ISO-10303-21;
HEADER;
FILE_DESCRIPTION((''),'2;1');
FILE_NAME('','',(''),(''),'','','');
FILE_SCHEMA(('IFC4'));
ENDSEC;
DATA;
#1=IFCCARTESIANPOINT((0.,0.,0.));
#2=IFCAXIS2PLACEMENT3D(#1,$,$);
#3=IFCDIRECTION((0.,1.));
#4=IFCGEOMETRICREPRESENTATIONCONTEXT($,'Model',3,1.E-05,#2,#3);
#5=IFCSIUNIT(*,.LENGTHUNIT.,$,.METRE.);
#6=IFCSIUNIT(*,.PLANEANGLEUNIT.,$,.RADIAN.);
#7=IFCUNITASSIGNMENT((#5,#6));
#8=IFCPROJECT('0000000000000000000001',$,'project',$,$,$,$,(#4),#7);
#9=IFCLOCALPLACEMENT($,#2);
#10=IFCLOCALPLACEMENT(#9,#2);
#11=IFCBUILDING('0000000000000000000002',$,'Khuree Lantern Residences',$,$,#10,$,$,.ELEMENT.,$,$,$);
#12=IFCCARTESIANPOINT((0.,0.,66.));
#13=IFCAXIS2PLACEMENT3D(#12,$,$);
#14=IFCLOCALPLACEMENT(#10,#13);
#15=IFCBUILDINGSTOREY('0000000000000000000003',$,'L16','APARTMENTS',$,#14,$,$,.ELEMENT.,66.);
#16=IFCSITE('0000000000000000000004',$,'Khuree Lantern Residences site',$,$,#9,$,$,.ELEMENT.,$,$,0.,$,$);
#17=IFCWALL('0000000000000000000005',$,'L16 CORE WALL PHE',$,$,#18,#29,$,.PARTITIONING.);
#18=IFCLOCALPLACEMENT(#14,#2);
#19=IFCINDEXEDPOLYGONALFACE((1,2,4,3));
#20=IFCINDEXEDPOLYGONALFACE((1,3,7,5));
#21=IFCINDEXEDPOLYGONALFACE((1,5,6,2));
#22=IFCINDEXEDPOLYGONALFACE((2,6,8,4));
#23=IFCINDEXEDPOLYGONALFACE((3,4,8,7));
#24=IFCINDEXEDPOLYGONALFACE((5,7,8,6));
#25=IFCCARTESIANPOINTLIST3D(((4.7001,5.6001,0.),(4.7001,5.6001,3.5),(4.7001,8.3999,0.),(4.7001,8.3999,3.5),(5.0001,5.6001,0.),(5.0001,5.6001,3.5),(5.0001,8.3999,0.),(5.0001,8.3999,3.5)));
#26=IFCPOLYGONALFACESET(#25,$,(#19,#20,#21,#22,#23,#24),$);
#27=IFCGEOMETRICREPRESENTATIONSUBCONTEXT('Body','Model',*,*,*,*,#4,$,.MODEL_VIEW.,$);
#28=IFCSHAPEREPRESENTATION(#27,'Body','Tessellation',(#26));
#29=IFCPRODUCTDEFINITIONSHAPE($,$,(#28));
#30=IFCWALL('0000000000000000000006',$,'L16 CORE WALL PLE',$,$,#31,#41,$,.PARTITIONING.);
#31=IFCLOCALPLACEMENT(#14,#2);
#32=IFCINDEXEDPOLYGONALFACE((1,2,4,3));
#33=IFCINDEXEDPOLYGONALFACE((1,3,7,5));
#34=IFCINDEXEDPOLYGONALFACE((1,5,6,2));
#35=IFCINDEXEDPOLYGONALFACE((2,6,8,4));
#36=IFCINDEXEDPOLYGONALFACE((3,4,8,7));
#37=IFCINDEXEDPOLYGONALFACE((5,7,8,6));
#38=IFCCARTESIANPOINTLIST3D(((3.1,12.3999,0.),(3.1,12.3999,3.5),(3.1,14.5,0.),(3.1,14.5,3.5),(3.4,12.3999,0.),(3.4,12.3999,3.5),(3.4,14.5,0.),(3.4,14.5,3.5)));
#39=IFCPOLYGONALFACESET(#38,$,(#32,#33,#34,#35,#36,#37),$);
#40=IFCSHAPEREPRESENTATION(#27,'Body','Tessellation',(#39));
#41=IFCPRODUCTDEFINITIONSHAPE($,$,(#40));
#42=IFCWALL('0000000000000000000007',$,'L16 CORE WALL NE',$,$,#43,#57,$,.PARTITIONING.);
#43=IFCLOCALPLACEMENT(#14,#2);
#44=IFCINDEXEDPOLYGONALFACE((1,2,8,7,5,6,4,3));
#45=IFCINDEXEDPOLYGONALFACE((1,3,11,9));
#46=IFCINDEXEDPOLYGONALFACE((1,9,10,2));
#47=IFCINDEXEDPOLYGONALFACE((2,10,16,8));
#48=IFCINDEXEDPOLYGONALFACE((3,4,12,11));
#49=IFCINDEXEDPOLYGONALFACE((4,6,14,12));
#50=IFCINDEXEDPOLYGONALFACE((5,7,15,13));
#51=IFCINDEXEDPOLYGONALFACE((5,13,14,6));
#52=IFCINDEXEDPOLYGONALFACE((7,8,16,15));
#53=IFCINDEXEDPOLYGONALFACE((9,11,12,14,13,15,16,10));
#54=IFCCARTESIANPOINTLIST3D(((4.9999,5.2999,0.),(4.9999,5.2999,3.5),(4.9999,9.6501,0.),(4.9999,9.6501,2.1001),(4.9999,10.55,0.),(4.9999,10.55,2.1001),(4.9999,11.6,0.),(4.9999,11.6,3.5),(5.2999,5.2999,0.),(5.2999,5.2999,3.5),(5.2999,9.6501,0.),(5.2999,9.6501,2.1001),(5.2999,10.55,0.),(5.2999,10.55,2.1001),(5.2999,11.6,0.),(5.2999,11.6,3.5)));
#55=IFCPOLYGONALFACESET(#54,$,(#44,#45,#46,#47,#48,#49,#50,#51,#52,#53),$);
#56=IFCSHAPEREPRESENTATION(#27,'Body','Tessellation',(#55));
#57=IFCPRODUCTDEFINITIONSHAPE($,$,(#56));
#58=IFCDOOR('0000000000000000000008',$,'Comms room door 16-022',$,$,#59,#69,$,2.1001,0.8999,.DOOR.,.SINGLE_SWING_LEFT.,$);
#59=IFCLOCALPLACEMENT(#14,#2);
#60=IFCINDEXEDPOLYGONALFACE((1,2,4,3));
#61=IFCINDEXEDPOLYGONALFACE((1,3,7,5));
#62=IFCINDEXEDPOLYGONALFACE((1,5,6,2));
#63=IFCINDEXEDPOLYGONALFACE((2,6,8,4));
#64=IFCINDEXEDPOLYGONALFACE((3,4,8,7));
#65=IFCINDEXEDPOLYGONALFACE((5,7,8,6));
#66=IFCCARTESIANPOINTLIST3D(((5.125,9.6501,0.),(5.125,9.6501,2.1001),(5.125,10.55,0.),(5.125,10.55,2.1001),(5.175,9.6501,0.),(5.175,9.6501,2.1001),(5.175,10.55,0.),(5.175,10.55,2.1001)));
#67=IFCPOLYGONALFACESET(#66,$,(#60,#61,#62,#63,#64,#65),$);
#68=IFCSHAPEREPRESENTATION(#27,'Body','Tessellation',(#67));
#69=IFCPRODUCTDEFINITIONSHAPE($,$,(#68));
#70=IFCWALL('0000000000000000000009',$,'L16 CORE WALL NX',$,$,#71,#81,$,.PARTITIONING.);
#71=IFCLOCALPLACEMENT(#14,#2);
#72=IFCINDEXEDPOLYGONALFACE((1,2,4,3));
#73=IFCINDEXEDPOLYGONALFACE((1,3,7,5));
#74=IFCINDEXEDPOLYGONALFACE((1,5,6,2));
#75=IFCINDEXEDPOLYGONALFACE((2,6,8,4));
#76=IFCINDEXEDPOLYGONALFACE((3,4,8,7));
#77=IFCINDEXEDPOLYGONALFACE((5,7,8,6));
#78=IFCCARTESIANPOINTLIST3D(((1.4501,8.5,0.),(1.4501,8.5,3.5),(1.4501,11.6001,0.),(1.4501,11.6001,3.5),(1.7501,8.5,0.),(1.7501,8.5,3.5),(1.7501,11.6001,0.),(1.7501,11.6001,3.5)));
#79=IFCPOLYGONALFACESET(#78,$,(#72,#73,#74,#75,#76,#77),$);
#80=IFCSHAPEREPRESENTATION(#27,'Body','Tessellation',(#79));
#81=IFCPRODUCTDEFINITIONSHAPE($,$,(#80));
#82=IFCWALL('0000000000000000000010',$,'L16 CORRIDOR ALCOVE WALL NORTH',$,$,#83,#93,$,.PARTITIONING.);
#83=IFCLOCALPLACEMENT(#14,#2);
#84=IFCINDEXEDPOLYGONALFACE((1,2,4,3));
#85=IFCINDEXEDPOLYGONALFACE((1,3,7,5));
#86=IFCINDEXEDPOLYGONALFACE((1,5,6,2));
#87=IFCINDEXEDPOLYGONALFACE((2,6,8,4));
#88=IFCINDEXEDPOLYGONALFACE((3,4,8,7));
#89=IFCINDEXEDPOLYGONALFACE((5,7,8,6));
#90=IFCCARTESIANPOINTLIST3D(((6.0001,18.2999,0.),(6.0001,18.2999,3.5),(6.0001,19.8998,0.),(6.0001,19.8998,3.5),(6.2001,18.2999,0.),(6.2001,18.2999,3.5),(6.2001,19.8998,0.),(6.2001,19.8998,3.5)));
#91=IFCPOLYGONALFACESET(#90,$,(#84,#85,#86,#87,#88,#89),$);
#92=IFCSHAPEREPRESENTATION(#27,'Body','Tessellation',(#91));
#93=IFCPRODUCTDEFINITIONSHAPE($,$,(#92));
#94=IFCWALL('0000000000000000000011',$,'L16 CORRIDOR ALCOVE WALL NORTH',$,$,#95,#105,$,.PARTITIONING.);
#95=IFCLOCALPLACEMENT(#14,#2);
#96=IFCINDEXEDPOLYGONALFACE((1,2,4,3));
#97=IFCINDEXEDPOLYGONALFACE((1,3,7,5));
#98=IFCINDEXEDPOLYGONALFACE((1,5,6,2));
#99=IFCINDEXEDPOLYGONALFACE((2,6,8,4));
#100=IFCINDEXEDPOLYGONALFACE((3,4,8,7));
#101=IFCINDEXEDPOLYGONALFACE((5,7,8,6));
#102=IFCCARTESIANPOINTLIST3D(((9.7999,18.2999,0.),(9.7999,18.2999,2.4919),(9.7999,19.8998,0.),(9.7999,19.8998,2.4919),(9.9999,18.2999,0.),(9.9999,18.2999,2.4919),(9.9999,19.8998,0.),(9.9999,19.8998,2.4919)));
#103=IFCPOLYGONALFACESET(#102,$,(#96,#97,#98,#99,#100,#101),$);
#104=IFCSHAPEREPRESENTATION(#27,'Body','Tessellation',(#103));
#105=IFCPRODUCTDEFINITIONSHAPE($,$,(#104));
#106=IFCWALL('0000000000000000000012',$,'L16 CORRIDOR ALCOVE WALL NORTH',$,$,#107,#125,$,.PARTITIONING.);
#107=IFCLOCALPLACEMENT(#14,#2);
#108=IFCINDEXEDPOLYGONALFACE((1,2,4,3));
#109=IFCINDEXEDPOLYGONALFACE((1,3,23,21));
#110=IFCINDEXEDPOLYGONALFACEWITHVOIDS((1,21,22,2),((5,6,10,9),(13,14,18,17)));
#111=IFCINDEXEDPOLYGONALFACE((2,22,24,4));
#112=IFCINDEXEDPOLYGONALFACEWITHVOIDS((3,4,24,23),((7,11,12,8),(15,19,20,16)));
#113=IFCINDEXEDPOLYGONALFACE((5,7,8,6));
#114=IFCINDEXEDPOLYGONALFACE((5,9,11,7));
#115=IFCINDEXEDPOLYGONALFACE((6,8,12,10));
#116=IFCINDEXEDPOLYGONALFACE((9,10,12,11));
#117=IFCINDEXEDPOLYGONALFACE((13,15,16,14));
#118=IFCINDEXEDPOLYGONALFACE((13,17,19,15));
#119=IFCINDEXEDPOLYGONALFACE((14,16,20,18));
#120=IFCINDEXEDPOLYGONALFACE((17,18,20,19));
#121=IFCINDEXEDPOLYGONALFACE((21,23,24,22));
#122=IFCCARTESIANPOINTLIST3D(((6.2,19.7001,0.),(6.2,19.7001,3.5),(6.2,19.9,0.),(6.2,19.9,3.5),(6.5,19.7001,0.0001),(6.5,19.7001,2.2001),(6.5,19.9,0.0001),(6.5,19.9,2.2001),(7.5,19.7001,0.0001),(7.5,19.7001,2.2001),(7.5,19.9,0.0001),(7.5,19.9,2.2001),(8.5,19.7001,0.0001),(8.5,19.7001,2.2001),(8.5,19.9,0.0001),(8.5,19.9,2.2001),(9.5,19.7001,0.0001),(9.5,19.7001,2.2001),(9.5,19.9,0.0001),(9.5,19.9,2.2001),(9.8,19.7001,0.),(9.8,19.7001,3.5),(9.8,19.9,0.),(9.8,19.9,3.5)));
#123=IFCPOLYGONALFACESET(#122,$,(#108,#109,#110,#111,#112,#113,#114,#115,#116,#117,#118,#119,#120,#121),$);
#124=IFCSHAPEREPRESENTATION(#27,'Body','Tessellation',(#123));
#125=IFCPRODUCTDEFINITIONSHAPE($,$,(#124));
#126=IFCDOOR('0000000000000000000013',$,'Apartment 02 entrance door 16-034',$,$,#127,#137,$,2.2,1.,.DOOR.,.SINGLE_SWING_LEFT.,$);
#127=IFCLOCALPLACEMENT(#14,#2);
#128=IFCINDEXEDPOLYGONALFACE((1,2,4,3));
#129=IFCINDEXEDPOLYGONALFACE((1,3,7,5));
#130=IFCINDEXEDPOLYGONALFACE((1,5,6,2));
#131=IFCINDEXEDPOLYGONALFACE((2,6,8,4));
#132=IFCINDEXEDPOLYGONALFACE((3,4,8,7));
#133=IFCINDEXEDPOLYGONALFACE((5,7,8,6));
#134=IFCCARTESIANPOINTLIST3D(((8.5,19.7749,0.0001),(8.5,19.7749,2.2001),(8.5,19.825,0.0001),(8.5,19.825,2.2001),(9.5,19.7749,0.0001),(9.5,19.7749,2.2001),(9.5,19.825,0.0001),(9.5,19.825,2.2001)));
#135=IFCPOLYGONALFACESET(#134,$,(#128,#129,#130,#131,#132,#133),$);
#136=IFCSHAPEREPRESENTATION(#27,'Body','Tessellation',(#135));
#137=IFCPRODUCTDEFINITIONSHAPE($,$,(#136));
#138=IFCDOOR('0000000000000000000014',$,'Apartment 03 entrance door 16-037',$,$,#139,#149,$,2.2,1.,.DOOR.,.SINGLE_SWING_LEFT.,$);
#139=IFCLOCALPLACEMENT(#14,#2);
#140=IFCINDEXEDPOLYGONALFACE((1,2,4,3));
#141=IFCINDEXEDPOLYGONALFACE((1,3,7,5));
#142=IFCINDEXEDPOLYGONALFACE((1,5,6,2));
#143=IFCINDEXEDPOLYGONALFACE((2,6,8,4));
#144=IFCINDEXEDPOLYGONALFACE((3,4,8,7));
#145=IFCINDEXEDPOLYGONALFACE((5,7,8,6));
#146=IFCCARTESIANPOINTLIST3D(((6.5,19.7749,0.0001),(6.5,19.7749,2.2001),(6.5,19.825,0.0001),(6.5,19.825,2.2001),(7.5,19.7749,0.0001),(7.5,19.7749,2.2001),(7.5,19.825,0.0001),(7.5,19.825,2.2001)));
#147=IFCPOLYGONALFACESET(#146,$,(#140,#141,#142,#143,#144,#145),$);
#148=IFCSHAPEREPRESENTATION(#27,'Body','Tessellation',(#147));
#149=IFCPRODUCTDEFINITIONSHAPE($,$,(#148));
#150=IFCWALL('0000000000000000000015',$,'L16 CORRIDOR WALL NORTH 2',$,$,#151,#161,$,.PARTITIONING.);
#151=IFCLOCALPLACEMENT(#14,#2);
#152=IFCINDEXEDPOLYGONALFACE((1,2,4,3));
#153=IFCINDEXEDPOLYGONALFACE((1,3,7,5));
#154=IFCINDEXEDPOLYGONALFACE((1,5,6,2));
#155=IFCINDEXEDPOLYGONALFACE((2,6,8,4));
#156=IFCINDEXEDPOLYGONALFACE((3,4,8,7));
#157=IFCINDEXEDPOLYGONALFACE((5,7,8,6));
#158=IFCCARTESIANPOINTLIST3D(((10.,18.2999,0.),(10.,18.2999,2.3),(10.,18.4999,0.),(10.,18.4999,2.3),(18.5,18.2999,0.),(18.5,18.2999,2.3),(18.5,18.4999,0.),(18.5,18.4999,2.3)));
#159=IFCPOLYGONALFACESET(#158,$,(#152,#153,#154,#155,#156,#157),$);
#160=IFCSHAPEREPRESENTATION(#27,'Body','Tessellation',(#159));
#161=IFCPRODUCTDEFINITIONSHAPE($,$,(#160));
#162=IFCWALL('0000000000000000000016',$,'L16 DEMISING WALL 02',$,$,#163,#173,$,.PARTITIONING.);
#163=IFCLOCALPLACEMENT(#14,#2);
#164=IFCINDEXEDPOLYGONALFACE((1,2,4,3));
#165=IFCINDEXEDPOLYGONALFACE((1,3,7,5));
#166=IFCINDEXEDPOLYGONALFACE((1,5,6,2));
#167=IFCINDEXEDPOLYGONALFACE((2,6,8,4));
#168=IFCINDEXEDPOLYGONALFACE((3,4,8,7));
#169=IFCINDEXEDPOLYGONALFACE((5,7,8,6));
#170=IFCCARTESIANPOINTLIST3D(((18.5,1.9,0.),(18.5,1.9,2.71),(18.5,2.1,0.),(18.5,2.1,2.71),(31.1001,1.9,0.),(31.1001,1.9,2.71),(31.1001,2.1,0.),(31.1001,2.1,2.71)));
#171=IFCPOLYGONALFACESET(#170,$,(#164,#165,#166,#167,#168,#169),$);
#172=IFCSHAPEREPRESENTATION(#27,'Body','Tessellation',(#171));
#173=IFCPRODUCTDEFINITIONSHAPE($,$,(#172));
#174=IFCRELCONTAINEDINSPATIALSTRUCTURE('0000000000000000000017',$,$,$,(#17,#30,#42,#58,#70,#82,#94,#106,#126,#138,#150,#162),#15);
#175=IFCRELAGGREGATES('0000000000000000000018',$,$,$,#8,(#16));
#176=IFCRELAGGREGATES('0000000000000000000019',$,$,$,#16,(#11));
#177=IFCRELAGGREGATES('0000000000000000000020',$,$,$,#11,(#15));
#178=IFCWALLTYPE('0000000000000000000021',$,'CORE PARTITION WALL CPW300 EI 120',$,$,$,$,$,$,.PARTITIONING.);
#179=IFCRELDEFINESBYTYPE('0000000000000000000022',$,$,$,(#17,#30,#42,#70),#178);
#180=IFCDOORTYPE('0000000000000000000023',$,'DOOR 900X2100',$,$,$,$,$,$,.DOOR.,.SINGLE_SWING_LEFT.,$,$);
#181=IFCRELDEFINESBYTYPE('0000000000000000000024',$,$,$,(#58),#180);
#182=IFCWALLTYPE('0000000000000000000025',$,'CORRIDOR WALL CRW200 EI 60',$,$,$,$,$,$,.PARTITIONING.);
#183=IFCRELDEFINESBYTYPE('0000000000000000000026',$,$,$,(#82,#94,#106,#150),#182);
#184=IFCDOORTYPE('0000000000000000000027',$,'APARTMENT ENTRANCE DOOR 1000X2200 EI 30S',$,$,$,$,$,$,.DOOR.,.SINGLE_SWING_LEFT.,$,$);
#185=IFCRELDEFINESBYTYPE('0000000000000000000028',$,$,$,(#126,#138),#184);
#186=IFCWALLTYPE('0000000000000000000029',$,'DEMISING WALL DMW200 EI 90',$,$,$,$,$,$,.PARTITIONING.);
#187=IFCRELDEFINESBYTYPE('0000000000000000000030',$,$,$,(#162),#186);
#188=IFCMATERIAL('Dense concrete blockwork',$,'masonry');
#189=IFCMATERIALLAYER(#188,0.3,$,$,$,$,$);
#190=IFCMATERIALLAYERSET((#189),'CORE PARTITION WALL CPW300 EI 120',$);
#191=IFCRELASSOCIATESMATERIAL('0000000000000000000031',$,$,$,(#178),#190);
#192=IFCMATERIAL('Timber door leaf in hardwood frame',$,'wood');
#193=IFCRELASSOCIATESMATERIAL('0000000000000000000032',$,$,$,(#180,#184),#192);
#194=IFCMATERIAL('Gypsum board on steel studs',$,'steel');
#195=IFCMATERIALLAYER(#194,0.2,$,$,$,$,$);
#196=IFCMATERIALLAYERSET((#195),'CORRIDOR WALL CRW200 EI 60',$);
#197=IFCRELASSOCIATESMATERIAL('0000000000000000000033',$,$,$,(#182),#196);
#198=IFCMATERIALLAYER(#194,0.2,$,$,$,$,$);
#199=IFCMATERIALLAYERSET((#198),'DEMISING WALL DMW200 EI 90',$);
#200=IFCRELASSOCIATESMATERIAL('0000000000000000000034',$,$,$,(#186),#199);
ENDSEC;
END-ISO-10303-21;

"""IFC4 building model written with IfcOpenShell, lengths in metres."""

from ifc_helpers import new_model, si_unit, direction, frame, frame_2d, origin, place, context, subcontext, project, spatial, rectangle, extrude, material, layer, layer_set, type_object, element, fill, save


model = new_model("IFC4")

# Units and contexts
model_context = context("Model", 3, precision=1e-05, world=origin(), true_north=direction((0.0, 1.0)))
body_context = subcontext(model_context, "Body", "Model", "MODEL_VIEW")
ifc_project = project(units=[si_unit("LENGTHUNIT", "METRE"), si_unit("PLANEANGLEUNIT", "RADIAN")], contexts=[model_context])

# Site, building, storey
site_placement = place(None, origin())
site = spatial("IfcSite", under=ifc_project, at=site_placement, Name="Khuree Lantern Residences site", CompositionType="ELEMENT", RefElevation=0.0)
building_placement = place(site_placement, origin())
building = spatial("IfcBuilding", under=site, at=building_placement, Name="Khuree Lantern Residences", CompositionType="ELEMENT")
storey_placement = place(building_placement, frame((0.0, 0.0, 66.0)))
storey = spatial("IfcBuildingStorey", under=building, at=storey_placement, Name="L16", Description="APARTMENTS", CompositionType="ELEMENT", Elevation=66.0)

# Shared definitions
ifc_material_1 = material(Name="Timber door leaf in hardwood frame", Category="wood")

# Walls
ifc_material_2 = material(Name="Dense concrete blockwork", Category="masonry")
ifc_layer_1 = layer(ifc_material_2, 0.3)
ifc_layer_set_1 = layer_set([ifc_layer_1], Name="CORE PARTITION WALL CPW300 EI 120")
wall_type_1 = type_object("IfcWallType", Name="CORE PARTITION WALL CPW300 EI 120", PredefinedType="PARTITIONING", material=ifc_layer_set_1)
wall_1_placement = place(storey_placement, frame((4.8501, 5.6001, 0.0), z_axis=(0.0, 0.0, 1.0), x_axis=(0.0, 1.0, 0.0)))
element("IfcWall", 1, at=wall_1_placement, inside=storey, type_object=wall_type_1, Name="L16 CORE WALL PHE", PredefinedType="PARTITIONING", context=body_context, shape_type="SweptSolid", body=[
    extrude(rectangle(XDim=2.7998, YDim=0.3, at=frame_2d((1.3999, 0.0))), origin(), (0.0, 0.0, 1.0), 3.5),
])
wall_2_placement = place(storey_placement, frame((3.25, 12.3999, 0.0), z_axis=(0.0, 0.0, 1.0), x_axis=(0.0, 1.0, 0.0)))
element("IfcWall", 2, at=wall_2_placement, inside=storey, type_object=wall_type_1, Name="L16 CORE WALL PLE", PredefinedType="PARTITIONING", context=body_context, shape_type="SweptSolid", body=[
    extrude(rectangle(XDim=2.1001, YDim=0.3, at=frame_2d((1.05, 0.0))), origin(), (0.0, 0.0, 1.0), 3.5),
])

# Wall, opening, door
wall_3_placement = place(storey_placement, frame((5.1499, 5.3, 0.0), z_axis=(0.0, 0.0, 1.0), x_axis=(0.0, 1.0, 0.0)))
wall_3 = element("IfcWall", 3, at=wall_3_placement, inside=storey, type_object=wall_type_1, Name="L16 CORE WALL NE", PredefinedType="PARTITIONING", context=body_context, shape_type="SweptSolid", body=[
    extrude(rectangle(XDim=6.3, YDim=0.3, at=frame_2d((3.1499, 0.0))), origin(), (0.0, 0.0, 1.0), 3.5),
])
opening_1_placement = place(wall_3_placement, frame((4.3501, 0.0, 0.0)))
opening_1 = element("IfcOpeningElement", 4, at=opening_1_placement, cuts=wall_3, PredefinedType="OPENING", context=body_context, shape_type="SweptSolid", body=[
    extrude(rectangle(XDim=0.8999, YDim=2.1001, at=frame_2d((0.45, 1.05))), frame((0.0, 0.1602, 0.0), z_axis=(0.0, -1.0, 0.0), x_axis=(1.0, 0.0, 0.0)), (0.0, 0.0, 1.0), 0.3201),
])
door_type_1 = type_object("IfcDoorType", Name="DOOR 900X2100", OperationType="SINGLE_SWING_LEFT", PredefinedType="DOOR", material=ifc_material_1)
door_1_placement = place(opening_1_placement, origin())
door_1 = element("IfcDoor", 5, at=door_1_placement, inside=storey, type_object=door_type_1, Name="Comms room door 16-022", OperationType="SINGLE_SWING_LEFT", OverallHeight=2.1001, OverallWidth=0.8999, PredefinedType="DOOR", context=body_context, shape_type="SweptSolid", body=[
    extrude(rectangle(XDim=0.8999, YDim=2.1001, at=frame_2d((0.45, 1.05))), frame((0.0, 0.0249, 0.0), z_axis=(0.0, -1.0, 0.0), x_axis=(1.0, 0.0, 0.0)), (0.0, 0.0, 1.0), 0.05),
])
fill(opening_1, door_1)

# Walls
wall_4_placement = place(storey_placement, frame((1.6001, 8.5, 0.0), z_axis=(0.0, 0.0, 1.0), x_axis=(0.0, 1.0, 0.0)))
element("IfcWall", 6, at=wall_4_placement, inside=storey, type_object=wall_type_1, Name="L16 CORE WALL NX", PredefinedType="PARTITIONING", context=body_context, shape_type="SweptSolid", body=[
    extrude(rectangle(XDim=3.1001, YDim=0.3, at=frame_2d((1.55, 0.0))), origin(), (0.0, 0.0, 1.0), 3.5),
])
ifc_material_3 = material(Name="Gypsum board on steel studs", Category="steel")
ifc_layer_2 = layer(ifc_material_3, 0.2)
ifc_layer_set_2 = layer_set([ifc_layer_2], Name="CORRIDOR WALL CRW200 EI 60")
wall_type_2 = type_object("IfcWallType", Name="CORRIDOR WALL CRW200 EI 60", PredefinedType="PARTITIONING", material=ifc_layer_set_2)
wall_5_placement = place(storey_placement, frame((6.1001, 18.3, 0.0), z_axis=(0.0, 0.0, 1.0), x_axis=(0.0, 1.0, 0.0)))
element("IfcWall", 7, at=wall_5_placement, inside=storey, type_object=wall_type_2, Name="L16 CORRIDOR ALCOVE WALL NORTH", PredefinedType="PARTITIONING", context=body_context, shape_type="SweptSolid", body=[
    extrude(rectangle(XDim=1.5999, YDim=0.2, at=frame_2d((0.7998, 0.0))), origin(), (0.0, 0.0, 1.0), 3.5),
])
wall_6_placement = place(storey_placement, frame((9.8999, 18.3, 0.0), z_axis=(0.0, 0.0, 1.0), x_axis=(0.0, 1.0, 0.0)))
element("IfcWall", 8, at=wall_6_placement, inside=storey, type_object=wall_type_2, Name="L16 CORRIDOR ALCOVE WALL NORTH", PredefinedType="PARTITIONING", context=body_context, shape_type="SweptSolid", body=[
    extrude(rectangle(XDim=1.5999, YDim=0.2, at=frame_2d((0.7998, 0.0))), origin(), (0.0, 0.0, 1.0), 2.4919),
])

# Wall, openings, doors
wall_7_placement = place(storey_placement, frame((6.2, 19.8, 0.0), z_axis=(0.0, 0.0, 1.0), x_axis=(1.0, 0.0, 0.0)))
wall_7 = element("IfcWall", 9, at=wall_7_placement, inside=storey, type_object=wall_type_2, Name="L16 CORRIDOR ALCOVE WALL NORTH", PredefinedType="PARTITIONING", context=body_context, shape_type="SweptSolid", body=[
    extrude(rectangle(XDim=3.6001, YDim=0.2, at=frame_2d((1.8, 0.0))), origin(), (0.0, 0.0, 1.0), 3.5),
])
opening_2_placement = place(wall_7_placement, frame((2.3, 0.0, 0.0)))
opening_2 = element("IfcOpeningElement", 10, at=opening_2_placement, cuts=wall_7, PredefinedType="OPENING", context=body_context, shape_type="SweptSolid", body=[
    extrude(rectangle(XDim=1.0, YDim=2.2, at=frame_2d((0.5, 1.1001))), frame((0.0, 0.1099, 0.0), z_axis=(0.0, -1.0, 0.0), x_axis=(1.0, 0.0, 0.0)), (0.0, 0.0, 1.0), 0.22),
])
opening_3_placement = place(wall_7_placement, frame((0.3, 0.0, 0.0)))
opening_3 = element("IfcOpeningElement", 11, at=opening_3_placement, cuts=wall_7, PredefinedType="OPENING", context=body_context, shape_type="SweptSolid", body=[
    extrude(rectangle(XDim=1.0, YDim=2.2, at=frame_2d((0.5, 1.1001))), frame((0.0, 0.1099, 0.0), z_axis=(0.0, -1.0, 0.0), x_axis=(1.0, 0.0, 0.0)), (0.0, 0.0, 1.0), 0.22),
])
door_type_2 = type_object("IfcDoorType", Name="APARTMENT ENTRANCE DOOR 1000X2200 EI 30S", OperationType="SINGLE_SWING_LEFT", PredefinedType="DOOR", material=ifc_material_1)
door_2_placement = place(opening_2_placement, origin())
door_2 = element("IfcDoor", 12, at=door_2_placement, inside=storey, type_object=door_type_2, Name="Apartment 02 entrance door 16-034", OperationType="SINGLE_SWING_LEFT", OverallHeight=2.2, OverallWidth=1.0, PredefinedType="DOOR", context=body_context, shape_type="SweptSolid", body=[
    extrude(rectangle(XDim=1.0, YDim=2.2, at=frame_2d((0.5, 1.1001))), frame((0.0, 0.0249, 0.0), z_axis=(0.0, -1.0, 0.0), x_axis=(1.0, 0.0, 0.0)), (0.0, 0.0, 1.0), 0.05),
])
fill(opening_2, door_2)
door_3_placement = place(opening_3_placement, origin())
door_3 = element("IfcDoor", 13, at=door_3_placement, inside=storey, type_object=door_type_2, Name="Apartment 03 entrance door 16-037", OperationType="SINGLE_SWING_LEFT", OverallHeight=2.2, OverallWidth=1.0, PredefinedType="DOOR", context=body_context, shape_type="SweptSolid", body=[
    extrude(rectangle(XDim=1.0, YDim=2.2, at=frame_2d((0.5, 1.1001))), frame((0.0, 0.0249, 0.0), z_axis=(0.0, -1.0, 0.0), x_axis=(1.0, 0.0, 0.0)), (0.0, 0.0, 1.0), 0.05),
])
fill(opening_3, door_3)

# Walls
wall_8_placement = place(storey_placement, frame((10.0, 18.3999, 0.0), z_axis=(0.0, 0.0, 1.0), x_axis=(1.0, 0.0, 0.0)))
element("IfcWall", 14, at=wall_8_placement, inside=storey, type_object=wall_type_2, Name="L16 CORRIDOR WALL NORTH 2", PredefinedType="PARTITIONING", context=body_context, shape_type="SweptSolid", body=[
    extrude(rectangle(XDim=8.5, YDim=0.2, at=frame_2d((4.25, 0.0))), origin(), (0.0, 0.0, 1.0), 2.3),
])
ifc_layer_3 = layer(ifc_material_3, 0.2)
ifc_layer_set_3 = layer_set([ifc_layer_3], Name="DEMISING WALL DMW200 EI 90")
wall_type_3 = type_object("IfcWallType", Name="DEMISING WALL DMW200 EI 90", PredefinedType="PARTITIONING", material=ifc_layer_set_3)
wall_9_placement = place(storey_placement, frame((18.5, 2.0, 0.0), z_axis=(0.0, 0.0, 1.0), x_axis=(1.0, 0.0, 0.0)))
element("IfcWall", 15, at=wall_9_placement, inside=storey, type_object=wall_type_3, Name="L16 DEMISING WALL 02", PredefinedType="PARTITIONING", context=body_context, shape_type="SweptSolid", body=[
    extrude(rectangle(XDim=12.6001, YDim=0.2, at=frame_2d((6.3, 0.0))), origin(), (0.0, 0.0, 1.0), 2.71),
])

save(model, "model.ifc")
